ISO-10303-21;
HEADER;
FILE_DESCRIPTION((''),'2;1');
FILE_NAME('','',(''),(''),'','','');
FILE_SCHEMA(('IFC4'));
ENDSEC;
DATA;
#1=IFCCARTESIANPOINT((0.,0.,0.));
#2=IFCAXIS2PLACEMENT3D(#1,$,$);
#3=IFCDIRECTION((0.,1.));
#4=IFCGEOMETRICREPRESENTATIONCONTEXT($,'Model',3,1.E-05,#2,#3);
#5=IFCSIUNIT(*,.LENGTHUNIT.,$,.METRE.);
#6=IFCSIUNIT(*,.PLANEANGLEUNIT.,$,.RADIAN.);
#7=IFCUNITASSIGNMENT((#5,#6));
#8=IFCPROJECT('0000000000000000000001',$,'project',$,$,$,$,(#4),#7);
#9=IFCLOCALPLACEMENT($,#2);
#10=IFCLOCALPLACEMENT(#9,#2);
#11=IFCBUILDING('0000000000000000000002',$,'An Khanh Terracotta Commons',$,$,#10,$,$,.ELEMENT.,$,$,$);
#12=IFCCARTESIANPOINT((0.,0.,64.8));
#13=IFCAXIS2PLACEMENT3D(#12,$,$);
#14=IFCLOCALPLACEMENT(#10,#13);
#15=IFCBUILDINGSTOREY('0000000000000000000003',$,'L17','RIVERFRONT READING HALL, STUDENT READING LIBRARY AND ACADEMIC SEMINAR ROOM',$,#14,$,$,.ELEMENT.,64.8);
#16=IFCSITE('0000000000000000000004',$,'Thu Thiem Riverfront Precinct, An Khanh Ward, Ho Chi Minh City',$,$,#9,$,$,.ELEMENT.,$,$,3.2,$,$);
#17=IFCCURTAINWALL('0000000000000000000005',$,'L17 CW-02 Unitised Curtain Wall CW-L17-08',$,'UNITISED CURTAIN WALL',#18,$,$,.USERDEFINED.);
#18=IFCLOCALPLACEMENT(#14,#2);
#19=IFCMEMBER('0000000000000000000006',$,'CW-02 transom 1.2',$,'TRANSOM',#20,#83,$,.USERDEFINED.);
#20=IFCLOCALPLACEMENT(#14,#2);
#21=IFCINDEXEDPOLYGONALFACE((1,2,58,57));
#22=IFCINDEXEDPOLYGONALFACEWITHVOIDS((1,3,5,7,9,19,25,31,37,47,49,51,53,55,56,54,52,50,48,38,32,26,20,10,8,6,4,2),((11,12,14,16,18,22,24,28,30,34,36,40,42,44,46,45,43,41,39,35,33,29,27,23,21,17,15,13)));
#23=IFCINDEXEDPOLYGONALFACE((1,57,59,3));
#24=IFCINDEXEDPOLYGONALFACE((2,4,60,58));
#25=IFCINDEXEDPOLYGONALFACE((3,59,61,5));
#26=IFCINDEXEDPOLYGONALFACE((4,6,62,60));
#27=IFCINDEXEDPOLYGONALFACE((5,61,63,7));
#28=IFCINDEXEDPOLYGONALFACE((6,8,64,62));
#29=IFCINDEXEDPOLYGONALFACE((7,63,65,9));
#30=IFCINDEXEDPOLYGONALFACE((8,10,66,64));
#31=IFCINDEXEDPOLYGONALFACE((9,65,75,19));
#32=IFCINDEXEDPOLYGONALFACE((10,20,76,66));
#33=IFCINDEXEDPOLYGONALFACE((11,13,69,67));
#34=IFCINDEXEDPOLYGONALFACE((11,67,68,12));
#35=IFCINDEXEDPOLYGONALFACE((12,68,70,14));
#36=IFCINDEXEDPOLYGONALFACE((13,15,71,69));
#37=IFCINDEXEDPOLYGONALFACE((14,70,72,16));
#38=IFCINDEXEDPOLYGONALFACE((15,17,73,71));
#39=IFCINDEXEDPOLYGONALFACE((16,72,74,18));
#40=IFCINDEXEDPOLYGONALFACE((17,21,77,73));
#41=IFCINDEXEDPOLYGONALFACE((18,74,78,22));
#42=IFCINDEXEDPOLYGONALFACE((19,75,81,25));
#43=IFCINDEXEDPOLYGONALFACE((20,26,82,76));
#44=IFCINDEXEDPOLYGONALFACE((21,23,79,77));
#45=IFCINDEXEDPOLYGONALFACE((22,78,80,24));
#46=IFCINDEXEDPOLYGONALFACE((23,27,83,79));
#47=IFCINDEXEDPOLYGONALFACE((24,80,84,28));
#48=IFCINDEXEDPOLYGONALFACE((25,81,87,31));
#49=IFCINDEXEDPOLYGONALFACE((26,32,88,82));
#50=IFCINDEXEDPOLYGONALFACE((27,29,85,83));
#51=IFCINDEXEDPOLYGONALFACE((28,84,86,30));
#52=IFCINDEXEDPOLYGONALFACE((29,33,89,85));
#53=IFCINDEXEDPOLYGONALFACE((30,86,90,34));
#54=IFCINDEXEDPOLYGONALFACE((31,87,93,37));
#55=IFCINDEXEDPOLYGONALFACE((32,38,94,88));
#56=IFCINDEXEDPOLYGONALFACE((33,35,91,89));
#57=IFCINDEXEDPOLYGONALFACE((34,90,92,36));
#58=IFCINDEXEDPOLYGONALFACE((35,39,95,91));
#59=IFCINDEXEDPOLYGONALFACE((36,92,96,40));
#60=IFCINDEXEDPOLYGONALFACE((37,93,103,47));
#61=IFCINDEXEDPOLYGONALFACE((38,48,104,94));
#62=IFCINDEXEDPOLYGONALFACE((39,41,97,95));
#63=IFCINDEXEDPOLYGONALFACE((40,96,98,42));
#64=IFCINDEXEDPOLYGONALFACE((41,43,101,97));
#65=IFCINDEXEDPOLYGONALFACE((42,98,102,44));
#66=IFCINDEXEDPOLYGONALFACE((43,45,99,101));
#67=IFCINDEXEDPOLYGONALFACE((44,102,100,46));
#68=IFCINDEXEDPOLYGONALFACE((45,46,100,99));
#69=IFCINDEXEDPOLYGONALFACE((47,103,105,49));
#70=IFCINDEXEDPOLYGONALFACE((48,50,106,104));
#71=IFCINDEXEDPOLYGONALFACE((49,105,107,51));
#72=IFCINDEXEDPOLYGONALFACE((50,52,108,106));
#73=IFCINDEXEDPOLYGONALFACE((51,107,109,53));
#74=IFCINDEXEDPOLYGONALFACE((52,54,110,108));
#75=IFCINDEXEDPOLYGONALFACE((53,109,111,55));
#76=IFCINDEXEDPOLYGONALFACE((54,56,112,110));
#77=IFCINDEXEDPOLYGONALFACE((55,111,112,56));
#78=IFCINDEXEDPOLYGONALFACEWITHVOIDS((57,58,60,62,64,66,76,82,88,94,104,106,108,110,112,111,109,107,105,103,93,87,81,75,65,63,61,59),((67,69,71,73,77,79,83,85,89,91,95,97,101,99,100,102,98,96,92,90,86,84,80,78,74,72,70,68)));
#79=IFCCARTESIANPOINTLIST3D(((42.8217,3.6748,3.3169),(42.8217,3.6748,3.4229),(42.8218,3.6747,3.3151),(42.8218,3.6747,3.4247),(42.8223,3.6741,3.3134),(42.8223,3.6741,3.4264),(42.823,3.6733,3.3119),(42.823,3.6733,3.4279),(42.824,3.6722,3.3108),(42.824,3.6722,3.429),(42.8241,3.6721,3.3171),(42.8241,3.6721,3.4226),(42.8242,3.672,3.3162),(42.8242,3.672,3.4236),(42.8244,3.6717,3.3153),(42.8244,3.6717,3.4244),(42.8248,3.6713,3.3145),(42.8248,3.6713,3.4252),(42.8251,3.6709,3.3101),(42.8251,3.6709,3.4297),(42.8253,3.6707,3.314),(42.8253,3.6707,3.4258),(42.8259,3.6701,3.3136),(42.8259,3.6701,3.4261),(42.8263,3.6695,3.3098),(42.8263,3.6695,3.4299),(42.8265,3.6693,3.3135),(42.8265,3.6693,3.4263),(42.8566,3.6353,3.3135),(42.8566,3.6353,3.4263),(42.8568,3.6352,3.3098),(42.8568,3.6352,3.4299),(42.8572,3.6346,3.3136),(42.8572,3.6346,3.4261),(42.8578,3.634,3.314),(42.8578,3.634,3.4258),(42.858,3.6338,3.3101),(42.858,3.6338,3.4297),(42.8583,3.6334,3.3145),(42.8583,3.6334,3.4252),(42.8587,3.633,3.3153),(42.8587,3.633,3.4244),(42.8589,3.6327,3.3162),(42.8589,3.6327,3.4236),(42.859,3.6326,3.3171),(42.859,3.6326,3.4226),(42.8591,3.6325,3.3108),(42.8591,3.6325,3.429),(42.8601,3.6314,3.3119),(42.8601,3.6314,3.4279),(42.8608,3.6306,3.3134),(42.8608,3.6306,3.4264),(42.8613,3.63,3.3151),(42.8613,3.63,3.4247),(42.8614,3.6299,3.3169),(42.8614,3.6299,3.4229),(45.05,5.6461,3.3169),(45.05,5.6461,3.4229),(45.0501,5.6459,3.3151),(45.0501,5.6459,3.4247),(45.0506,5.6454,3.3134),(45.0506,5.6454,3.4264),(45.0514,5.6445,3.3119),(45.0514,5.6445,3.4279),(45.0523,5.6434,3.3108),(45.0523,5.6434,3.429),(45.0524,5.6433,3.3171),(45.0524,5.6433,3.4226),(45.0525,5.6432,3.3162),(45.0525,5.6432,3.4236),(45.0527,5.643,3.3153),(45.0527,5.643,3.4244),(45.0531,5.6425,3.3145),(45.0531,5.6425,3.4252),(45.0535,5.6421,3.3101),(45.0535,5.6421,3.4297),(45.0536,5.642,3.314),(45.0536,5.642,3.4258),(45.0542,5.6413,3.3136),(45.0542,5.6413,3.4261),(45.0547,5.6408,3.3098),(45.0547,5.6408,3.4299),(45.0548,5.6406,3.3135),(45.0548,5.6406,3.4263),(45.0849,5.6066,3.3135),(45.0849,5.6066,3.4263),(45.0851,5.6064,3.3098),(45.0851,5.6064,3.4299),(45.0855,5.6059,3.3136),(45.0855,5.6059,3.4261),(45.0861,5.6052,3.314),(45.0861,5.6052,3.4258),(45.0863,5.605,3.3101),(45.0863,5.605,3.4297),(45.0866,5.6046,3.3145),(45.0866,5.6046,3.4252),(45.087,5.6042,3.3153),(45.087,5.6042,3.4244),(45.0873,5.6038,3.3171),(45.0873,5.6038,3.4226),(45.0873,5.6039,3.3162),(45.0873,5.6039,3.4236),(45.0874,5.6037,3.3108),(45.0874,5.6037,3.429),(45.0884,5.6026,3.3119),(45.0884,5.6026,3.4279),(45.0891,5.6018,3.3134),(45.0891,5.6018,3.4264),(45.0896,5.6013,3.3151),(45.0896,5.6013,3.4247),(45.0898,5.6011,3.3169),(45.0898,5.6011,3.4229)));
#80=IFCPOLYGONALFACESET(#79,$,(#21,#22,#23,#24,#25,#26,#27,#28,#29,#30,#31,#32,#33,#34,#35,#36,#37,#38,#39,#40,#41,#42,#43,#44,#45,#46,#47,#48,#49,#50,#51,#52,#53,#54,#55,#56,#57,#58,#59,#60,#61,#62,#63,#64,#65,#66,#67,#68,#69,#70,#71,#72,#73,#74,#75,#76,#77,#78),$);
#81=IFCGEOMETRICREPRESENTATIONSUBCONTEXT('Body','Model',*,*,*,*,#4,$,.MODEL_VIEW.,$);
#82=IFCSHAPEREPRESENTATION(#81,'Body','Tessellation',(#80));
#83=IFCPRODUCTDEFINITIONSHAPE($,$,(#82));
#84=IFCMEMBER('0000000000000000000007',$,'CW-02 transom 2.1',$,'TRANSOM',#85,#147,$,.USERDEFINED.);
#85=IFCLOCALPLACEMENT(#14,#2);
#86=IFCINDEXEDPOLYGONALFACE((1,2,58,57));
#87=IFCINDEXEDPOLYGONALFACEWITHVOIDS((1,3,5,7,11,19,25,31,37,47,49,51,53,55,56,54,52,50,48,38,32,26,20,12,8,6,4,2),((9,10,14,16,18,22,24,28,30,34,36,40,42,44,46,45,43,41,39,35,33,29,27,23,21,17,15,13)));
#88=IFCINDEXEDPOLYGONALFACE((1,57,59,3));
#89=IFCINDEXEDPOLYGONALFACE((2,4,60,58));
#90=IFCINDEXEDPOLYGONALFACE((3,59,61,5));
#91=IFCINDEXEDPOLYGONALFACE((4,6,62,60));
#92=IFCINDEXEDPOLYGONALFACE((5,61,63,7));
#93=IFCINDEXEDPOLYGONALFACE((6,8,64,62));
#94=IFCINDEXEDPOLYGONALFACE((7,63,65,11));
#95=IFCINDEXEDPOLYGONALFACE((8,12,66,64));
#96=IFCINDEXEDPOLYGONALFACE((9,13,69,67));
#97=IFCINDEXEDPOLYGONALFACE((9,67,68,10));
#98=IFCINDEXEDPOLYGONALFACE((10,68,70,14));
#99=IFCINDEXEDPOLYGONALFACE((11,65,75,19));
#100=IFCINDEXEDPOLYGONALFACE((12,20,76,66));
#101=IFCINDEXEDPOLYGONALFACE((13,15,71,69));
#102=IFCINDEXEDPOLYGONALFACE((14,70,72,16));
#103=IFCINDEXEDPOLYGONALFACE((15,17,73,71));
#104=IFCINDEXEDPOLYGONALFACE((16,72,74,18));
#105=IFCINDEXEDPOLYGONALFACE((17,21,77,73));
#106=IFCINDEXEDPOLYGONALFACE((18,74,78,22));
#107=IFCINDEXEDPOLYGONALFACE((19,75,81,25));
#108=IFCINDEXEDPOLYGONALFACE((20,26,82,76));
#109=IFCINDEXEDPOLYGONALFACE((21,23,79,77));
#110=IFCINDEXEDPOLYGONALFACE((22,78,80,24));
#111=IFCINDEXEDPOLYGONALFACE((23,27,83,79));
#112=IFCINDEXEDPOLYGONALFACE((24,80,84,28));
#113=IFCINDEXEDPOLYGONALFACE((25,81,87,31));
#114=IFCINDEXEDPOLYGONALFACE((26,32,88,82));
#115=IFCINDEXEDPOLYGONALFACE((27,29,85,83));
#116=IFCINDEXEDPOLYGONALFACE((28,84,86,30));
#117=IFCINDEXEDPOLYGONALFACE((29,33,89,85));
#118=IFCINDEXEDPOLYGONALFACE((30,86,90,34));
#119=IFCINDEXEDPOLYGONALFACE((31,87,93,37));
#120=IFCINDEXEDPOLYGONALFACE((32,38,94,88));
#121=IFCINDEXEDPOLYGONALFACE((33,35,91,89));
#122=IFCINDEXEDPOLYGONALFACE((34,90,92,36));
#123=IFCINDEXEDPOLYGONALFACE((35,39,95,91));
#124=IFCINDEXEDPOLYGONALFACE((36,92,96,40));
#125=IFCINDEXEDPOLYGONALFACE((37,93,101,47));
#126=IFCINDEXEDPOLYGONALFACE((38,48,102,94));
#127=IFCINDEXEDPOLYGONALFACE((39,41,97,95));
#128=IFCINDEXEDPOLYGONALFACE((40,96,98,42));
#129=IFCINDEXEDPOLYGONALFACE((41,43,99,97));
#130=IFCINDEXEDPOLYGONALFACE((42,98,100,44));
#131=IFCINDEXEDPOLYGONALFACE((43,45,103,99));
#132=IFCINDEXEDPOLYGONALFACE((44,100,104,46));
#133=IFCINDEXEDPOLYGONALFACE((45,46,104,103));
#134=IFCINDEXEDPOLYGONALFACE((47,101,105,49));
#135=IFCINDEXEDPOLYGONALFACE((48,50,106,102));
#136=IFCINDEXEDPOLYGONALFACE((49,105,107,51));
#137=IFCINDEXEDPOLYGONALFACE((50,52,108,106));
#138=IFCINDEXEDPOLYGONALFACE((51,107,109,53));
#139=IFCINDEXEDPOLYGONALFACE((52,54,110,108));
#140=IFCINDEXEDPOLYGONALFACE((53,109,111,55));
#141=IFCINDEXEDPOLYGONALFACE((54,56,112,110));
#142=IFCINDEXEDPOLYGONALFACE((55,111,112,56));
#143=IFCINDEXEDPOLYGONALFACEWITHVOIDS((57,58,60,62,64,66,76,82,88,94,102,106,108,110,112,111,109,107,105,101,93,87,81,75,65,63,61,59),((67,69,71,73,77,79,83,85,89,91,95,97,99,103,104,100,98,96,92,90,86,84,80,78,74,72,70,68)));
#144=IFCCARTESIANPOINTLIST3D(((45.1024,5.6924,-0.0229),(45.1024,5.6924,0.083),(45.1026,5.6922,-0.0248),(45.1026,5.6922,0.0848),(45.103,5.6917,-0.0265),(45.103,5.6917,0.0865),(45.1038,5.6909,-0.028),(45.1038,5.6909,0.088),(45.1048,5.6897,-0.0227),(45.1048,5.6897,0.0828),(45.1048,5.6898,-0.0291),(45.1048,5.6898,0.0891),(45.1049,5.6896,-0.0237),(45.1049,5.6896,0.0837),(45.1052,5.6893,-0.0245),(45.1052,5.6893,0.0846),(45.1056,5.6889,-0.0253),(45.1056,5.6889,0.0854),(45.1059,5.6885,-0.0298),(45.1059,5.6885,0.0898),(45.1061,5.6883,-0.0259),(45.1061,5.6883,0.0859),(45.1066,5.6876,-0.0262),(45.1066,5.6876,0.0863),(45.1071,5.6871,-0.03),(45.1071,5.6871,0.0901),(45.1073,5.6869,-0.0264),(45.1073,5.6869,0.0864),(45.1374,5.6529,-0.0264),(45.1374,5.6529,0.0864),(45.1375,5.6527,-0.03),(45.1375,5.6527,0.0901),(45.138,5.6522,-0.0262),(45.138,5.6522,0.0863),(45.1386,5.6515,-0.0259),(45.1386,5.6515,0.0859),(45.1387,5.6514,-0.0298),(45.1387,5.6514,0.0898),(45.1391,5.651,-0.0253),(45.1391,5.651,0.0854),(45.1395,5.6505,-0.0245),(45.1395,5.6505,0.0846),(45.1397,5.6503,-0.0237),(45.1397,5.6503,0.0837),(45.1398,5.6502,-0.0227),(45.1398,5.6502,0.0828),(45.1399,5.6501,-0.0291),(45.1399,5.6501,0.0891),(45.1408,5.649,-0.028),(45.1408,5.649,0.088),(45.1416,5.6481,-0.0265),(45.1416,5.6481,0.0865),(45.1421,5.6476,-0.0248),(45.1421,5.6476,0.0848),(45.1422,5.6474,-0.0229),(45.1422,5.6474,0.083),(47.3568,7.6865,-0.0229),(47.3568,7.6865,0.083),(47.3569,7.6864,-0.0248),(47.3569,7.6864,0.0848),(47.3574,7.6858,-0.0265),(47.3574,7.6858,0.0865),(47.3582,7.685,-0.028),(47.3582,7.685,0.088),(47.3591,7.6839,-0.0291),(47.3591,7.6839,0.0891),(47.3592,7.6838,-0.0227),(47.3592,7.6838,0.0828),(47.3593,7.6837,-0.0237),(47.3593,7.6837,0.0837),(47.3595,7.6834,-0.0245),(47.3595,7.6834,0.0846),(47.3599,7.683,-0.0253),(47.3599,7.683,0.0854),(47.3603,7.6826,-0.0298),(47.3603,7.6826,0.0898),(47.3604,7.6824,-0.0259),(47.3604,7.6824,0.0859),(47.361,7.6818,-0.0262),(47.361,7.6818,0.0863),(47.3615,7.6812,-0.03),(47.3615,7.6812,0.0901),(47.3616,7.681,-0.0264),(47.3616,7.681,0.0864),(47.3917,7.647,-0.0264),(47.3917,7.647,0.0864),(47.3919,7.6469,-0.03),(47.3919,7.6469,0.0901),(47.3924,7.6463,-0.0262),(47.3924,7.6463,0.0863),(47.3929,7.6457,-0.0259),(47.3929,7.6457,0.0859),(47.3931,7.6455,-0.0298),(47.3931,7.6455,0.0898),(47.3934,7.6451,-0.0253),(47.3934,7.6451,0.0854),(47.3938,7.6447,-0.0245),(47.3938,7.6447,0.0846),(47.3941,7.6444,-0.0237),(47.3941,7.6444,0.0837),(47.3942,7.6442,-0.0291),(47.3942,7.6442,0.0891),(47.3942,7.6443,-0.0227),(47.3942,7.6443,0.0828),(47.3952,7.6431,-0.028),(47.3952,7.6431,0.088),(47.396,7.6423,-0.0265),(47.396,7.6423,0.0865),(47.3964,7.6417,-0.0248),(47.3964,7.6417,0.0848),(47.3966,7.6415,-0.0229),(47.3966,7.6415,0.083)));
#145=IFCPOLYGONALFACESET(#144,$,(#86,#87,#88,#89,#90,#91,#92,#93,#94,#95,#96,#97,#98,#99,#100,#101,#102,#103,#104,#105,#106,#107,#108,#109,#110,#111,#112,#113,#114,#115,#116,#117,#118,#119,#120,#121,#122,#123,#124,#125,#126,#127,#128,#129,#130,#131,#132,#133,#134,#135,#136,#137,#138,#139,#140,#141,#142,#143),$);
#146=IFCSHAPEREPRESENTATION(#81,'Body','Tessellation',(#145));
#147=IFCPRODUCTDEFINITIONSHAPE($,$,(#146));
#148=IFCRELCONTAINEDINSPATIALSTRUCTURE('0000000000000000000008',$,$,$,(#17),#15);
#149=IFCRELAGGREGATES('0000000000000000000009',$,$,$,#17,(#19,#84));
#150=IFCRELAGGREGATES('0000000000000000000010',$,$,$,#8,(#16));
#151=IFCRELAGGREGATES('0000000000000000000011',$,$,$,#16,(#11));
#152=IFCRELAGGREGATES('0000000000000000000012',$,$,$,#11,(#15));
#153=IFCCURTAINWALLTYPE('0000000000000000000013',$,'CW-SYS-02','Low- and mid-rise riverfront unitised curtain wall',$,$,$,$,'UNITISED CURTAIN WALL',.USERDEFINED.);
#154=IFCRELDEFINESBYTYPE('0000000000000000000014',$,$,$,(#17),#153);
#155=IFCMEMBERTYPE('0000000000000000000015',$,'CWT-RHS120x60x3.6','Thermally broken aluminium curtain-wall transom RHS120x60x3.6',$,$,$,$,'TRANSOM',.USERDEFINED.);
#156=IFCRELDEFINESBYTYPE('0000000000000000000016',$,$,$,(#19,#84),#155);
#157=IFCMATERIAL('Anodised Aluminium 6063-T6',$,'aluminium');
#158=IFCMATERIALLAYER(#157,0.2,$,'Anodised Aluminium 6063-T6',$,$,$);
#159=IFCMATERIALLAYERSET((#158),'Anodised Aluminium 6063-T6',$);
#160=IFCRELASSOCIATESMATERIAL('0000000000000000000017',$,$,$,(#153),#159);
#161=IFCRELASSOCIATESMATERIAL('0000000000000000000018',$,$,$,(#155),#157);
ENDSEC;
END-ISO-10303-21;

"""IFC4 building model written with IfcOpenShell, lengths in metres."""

from ifc_helpers import new_model, si_unit, direction, frame, origin, origin_2d, place, context, subcontext, project, spatial, hollow_rectangle, extrude, material, layer, layer_set, material_profile, profile_set, type_object, element, aggregate, save


model = new_model("IFC4")

# Units and contexts
model_context = context("Model", 3, precision=1e-05, world=origin(), true_north=direction((0.0, 1.0)))
body_context = subcontext(model_context, "Body", "Model", "MODEL_VIEW")
ifc_project = project(units=[si_unit("LENGTHUNIT", "METRE"), si_unit("PLANEANGLEUNIT", "RADIAN")], contexts=[model_context])

# Site, building, storey
site_placement = place(None, origin())
site = spatial("IfcSite", under=ifc_project, at=site_placement, Name="Thu Thiem Riverfront Precinct, An Khanh Ward, Ho Chi Minh City", CompositionType="ELEMENT", RefElevation=3.2)
building_placement = place(site_placement, origin())
building = spatial("IfcBuilding", under=site, at=building_placement, Name="An Khanh Terracotta Commons", CompositionType="ELEMENT")
storey_placement = place(building_placement, frame((0.0, 0.0, 64.8)))
storey = spatial("IfcBuildingStorey", under=building, at=storey_placement, Name="L17", Description="RIVERFRONT READING HALL, STUDENT READING LIBRARY AND ACADEMIC SEMINAR ROOM", CompositionType="ELEMENT", Elevation=64.8)

# Curtain wall
ifc_material_1 = material(Name="Anodised Aluminium 6063-T6", Category="aluminium")
ifc_layer_1 = layer(ifc_material_1, 0.2, Name="Anodised Aluminium 6063-T6")
ifc_layer_set_1 = layer_set([ifc_layer_1], Name="Anodised Aluminium 6063-T6")
curtain_wall_type = type_object("IfcCurtainWallType", Name="CW-SYS-02", Description="Low- and mid-rise riverfront unitised curtain wall", ElementType="UNITISED CURTAIN WALL", PredefinedType="USERDEFINED", material=ifc_layer_set_1)
curtain_wall_1_placement = place(storey_placement, origin())
curtain_wall_1 = element("IfcCurtainWall", 1, at=curtain_wall_1_placement, inside=storey, type_object=curtain_wall_type, Name="L17 CW-02 Unitised Curtain Wall CW-L17-08", ObjectType="UNITISED CURTAIN WALL", PredefinedType="USERDEFINED")

# Members
ifc_material_profile_1 = material_profile(ifc_material_1, hollow_rectangle(XDim=0.0601, YDim=0.1201, WallThickness=0.0037, InnerFilletRadius=0.0037, OuterFilletRadius=0.0071, at=origin_2d()), Name="RHS120x60x3.6")
ifc_profile_set_1 = profile_set([ifc_material_profile_1], Name="Anodised Aluminium 6063-T6")
member_type_1 = type_object("IfcMemberType", Name="CWT-RHS120x60x3.6", Description="Thermally broken aluminium curtain-wall transom RHS120x60x3.6", ElementType="TRANSOM", PredefinedType="USERDEFINED", material=ifc_profile_set_1)
member_1_placement = place(storey_placement, frame((42.8416, 3.6523, 3.3699), z_axis=(0.748992, 0.662579, 0.0), x_axis=(-0.662579, 0.748992, 0.0)))
member_1 = element("IfcMember", 2, at=member_1_placement, type_object=member_type_1, Name="CW-02 transom 1.2", ObjectType="TRANSOM", PredefinedType="USERDEFINED", context=body_context, shape_type="SweptSolid", body=[
    extrude(hollow_rectangle(XDim=0.0601, YDim=0.1201, WallThickness=0.0037, InnerFilletRadius=0.0037, OuterFilletRadius=0.0071, at=origin_2d()), origin(), (0.0, 0.0, 1.0), 2.9751),
])
member_2_placement = place(storey_placement, frame((45.1223, 5.6699, 0.03), z_axis=(0.749018, 0.662549, 0.0), x_axis=(-0.662549, 0.749018, 0.0)))
member_2 = element("IfcMember", 3, at=member_2_placement, type_object=member_type_1, Name="CW-02 transom 2.1", ObjectType="TRANSOM", PredefinedType="USERDEFINED", context=body_context, shape_type="SweptSolid", body=[
    extrude(hollow_rectangle(XDim=0.0601, YDim=0.1201, WallThickness=0.0037, InnerFilletRadius=0.0037, OuterFilletRadius=0.0071, at=origin_2d()), origin(), (0.0, 0.0, 1.0), 3.0098),
])

aggregate(curtain_wall_1, [member_1, member_2])

save(model, "model.ifc")
